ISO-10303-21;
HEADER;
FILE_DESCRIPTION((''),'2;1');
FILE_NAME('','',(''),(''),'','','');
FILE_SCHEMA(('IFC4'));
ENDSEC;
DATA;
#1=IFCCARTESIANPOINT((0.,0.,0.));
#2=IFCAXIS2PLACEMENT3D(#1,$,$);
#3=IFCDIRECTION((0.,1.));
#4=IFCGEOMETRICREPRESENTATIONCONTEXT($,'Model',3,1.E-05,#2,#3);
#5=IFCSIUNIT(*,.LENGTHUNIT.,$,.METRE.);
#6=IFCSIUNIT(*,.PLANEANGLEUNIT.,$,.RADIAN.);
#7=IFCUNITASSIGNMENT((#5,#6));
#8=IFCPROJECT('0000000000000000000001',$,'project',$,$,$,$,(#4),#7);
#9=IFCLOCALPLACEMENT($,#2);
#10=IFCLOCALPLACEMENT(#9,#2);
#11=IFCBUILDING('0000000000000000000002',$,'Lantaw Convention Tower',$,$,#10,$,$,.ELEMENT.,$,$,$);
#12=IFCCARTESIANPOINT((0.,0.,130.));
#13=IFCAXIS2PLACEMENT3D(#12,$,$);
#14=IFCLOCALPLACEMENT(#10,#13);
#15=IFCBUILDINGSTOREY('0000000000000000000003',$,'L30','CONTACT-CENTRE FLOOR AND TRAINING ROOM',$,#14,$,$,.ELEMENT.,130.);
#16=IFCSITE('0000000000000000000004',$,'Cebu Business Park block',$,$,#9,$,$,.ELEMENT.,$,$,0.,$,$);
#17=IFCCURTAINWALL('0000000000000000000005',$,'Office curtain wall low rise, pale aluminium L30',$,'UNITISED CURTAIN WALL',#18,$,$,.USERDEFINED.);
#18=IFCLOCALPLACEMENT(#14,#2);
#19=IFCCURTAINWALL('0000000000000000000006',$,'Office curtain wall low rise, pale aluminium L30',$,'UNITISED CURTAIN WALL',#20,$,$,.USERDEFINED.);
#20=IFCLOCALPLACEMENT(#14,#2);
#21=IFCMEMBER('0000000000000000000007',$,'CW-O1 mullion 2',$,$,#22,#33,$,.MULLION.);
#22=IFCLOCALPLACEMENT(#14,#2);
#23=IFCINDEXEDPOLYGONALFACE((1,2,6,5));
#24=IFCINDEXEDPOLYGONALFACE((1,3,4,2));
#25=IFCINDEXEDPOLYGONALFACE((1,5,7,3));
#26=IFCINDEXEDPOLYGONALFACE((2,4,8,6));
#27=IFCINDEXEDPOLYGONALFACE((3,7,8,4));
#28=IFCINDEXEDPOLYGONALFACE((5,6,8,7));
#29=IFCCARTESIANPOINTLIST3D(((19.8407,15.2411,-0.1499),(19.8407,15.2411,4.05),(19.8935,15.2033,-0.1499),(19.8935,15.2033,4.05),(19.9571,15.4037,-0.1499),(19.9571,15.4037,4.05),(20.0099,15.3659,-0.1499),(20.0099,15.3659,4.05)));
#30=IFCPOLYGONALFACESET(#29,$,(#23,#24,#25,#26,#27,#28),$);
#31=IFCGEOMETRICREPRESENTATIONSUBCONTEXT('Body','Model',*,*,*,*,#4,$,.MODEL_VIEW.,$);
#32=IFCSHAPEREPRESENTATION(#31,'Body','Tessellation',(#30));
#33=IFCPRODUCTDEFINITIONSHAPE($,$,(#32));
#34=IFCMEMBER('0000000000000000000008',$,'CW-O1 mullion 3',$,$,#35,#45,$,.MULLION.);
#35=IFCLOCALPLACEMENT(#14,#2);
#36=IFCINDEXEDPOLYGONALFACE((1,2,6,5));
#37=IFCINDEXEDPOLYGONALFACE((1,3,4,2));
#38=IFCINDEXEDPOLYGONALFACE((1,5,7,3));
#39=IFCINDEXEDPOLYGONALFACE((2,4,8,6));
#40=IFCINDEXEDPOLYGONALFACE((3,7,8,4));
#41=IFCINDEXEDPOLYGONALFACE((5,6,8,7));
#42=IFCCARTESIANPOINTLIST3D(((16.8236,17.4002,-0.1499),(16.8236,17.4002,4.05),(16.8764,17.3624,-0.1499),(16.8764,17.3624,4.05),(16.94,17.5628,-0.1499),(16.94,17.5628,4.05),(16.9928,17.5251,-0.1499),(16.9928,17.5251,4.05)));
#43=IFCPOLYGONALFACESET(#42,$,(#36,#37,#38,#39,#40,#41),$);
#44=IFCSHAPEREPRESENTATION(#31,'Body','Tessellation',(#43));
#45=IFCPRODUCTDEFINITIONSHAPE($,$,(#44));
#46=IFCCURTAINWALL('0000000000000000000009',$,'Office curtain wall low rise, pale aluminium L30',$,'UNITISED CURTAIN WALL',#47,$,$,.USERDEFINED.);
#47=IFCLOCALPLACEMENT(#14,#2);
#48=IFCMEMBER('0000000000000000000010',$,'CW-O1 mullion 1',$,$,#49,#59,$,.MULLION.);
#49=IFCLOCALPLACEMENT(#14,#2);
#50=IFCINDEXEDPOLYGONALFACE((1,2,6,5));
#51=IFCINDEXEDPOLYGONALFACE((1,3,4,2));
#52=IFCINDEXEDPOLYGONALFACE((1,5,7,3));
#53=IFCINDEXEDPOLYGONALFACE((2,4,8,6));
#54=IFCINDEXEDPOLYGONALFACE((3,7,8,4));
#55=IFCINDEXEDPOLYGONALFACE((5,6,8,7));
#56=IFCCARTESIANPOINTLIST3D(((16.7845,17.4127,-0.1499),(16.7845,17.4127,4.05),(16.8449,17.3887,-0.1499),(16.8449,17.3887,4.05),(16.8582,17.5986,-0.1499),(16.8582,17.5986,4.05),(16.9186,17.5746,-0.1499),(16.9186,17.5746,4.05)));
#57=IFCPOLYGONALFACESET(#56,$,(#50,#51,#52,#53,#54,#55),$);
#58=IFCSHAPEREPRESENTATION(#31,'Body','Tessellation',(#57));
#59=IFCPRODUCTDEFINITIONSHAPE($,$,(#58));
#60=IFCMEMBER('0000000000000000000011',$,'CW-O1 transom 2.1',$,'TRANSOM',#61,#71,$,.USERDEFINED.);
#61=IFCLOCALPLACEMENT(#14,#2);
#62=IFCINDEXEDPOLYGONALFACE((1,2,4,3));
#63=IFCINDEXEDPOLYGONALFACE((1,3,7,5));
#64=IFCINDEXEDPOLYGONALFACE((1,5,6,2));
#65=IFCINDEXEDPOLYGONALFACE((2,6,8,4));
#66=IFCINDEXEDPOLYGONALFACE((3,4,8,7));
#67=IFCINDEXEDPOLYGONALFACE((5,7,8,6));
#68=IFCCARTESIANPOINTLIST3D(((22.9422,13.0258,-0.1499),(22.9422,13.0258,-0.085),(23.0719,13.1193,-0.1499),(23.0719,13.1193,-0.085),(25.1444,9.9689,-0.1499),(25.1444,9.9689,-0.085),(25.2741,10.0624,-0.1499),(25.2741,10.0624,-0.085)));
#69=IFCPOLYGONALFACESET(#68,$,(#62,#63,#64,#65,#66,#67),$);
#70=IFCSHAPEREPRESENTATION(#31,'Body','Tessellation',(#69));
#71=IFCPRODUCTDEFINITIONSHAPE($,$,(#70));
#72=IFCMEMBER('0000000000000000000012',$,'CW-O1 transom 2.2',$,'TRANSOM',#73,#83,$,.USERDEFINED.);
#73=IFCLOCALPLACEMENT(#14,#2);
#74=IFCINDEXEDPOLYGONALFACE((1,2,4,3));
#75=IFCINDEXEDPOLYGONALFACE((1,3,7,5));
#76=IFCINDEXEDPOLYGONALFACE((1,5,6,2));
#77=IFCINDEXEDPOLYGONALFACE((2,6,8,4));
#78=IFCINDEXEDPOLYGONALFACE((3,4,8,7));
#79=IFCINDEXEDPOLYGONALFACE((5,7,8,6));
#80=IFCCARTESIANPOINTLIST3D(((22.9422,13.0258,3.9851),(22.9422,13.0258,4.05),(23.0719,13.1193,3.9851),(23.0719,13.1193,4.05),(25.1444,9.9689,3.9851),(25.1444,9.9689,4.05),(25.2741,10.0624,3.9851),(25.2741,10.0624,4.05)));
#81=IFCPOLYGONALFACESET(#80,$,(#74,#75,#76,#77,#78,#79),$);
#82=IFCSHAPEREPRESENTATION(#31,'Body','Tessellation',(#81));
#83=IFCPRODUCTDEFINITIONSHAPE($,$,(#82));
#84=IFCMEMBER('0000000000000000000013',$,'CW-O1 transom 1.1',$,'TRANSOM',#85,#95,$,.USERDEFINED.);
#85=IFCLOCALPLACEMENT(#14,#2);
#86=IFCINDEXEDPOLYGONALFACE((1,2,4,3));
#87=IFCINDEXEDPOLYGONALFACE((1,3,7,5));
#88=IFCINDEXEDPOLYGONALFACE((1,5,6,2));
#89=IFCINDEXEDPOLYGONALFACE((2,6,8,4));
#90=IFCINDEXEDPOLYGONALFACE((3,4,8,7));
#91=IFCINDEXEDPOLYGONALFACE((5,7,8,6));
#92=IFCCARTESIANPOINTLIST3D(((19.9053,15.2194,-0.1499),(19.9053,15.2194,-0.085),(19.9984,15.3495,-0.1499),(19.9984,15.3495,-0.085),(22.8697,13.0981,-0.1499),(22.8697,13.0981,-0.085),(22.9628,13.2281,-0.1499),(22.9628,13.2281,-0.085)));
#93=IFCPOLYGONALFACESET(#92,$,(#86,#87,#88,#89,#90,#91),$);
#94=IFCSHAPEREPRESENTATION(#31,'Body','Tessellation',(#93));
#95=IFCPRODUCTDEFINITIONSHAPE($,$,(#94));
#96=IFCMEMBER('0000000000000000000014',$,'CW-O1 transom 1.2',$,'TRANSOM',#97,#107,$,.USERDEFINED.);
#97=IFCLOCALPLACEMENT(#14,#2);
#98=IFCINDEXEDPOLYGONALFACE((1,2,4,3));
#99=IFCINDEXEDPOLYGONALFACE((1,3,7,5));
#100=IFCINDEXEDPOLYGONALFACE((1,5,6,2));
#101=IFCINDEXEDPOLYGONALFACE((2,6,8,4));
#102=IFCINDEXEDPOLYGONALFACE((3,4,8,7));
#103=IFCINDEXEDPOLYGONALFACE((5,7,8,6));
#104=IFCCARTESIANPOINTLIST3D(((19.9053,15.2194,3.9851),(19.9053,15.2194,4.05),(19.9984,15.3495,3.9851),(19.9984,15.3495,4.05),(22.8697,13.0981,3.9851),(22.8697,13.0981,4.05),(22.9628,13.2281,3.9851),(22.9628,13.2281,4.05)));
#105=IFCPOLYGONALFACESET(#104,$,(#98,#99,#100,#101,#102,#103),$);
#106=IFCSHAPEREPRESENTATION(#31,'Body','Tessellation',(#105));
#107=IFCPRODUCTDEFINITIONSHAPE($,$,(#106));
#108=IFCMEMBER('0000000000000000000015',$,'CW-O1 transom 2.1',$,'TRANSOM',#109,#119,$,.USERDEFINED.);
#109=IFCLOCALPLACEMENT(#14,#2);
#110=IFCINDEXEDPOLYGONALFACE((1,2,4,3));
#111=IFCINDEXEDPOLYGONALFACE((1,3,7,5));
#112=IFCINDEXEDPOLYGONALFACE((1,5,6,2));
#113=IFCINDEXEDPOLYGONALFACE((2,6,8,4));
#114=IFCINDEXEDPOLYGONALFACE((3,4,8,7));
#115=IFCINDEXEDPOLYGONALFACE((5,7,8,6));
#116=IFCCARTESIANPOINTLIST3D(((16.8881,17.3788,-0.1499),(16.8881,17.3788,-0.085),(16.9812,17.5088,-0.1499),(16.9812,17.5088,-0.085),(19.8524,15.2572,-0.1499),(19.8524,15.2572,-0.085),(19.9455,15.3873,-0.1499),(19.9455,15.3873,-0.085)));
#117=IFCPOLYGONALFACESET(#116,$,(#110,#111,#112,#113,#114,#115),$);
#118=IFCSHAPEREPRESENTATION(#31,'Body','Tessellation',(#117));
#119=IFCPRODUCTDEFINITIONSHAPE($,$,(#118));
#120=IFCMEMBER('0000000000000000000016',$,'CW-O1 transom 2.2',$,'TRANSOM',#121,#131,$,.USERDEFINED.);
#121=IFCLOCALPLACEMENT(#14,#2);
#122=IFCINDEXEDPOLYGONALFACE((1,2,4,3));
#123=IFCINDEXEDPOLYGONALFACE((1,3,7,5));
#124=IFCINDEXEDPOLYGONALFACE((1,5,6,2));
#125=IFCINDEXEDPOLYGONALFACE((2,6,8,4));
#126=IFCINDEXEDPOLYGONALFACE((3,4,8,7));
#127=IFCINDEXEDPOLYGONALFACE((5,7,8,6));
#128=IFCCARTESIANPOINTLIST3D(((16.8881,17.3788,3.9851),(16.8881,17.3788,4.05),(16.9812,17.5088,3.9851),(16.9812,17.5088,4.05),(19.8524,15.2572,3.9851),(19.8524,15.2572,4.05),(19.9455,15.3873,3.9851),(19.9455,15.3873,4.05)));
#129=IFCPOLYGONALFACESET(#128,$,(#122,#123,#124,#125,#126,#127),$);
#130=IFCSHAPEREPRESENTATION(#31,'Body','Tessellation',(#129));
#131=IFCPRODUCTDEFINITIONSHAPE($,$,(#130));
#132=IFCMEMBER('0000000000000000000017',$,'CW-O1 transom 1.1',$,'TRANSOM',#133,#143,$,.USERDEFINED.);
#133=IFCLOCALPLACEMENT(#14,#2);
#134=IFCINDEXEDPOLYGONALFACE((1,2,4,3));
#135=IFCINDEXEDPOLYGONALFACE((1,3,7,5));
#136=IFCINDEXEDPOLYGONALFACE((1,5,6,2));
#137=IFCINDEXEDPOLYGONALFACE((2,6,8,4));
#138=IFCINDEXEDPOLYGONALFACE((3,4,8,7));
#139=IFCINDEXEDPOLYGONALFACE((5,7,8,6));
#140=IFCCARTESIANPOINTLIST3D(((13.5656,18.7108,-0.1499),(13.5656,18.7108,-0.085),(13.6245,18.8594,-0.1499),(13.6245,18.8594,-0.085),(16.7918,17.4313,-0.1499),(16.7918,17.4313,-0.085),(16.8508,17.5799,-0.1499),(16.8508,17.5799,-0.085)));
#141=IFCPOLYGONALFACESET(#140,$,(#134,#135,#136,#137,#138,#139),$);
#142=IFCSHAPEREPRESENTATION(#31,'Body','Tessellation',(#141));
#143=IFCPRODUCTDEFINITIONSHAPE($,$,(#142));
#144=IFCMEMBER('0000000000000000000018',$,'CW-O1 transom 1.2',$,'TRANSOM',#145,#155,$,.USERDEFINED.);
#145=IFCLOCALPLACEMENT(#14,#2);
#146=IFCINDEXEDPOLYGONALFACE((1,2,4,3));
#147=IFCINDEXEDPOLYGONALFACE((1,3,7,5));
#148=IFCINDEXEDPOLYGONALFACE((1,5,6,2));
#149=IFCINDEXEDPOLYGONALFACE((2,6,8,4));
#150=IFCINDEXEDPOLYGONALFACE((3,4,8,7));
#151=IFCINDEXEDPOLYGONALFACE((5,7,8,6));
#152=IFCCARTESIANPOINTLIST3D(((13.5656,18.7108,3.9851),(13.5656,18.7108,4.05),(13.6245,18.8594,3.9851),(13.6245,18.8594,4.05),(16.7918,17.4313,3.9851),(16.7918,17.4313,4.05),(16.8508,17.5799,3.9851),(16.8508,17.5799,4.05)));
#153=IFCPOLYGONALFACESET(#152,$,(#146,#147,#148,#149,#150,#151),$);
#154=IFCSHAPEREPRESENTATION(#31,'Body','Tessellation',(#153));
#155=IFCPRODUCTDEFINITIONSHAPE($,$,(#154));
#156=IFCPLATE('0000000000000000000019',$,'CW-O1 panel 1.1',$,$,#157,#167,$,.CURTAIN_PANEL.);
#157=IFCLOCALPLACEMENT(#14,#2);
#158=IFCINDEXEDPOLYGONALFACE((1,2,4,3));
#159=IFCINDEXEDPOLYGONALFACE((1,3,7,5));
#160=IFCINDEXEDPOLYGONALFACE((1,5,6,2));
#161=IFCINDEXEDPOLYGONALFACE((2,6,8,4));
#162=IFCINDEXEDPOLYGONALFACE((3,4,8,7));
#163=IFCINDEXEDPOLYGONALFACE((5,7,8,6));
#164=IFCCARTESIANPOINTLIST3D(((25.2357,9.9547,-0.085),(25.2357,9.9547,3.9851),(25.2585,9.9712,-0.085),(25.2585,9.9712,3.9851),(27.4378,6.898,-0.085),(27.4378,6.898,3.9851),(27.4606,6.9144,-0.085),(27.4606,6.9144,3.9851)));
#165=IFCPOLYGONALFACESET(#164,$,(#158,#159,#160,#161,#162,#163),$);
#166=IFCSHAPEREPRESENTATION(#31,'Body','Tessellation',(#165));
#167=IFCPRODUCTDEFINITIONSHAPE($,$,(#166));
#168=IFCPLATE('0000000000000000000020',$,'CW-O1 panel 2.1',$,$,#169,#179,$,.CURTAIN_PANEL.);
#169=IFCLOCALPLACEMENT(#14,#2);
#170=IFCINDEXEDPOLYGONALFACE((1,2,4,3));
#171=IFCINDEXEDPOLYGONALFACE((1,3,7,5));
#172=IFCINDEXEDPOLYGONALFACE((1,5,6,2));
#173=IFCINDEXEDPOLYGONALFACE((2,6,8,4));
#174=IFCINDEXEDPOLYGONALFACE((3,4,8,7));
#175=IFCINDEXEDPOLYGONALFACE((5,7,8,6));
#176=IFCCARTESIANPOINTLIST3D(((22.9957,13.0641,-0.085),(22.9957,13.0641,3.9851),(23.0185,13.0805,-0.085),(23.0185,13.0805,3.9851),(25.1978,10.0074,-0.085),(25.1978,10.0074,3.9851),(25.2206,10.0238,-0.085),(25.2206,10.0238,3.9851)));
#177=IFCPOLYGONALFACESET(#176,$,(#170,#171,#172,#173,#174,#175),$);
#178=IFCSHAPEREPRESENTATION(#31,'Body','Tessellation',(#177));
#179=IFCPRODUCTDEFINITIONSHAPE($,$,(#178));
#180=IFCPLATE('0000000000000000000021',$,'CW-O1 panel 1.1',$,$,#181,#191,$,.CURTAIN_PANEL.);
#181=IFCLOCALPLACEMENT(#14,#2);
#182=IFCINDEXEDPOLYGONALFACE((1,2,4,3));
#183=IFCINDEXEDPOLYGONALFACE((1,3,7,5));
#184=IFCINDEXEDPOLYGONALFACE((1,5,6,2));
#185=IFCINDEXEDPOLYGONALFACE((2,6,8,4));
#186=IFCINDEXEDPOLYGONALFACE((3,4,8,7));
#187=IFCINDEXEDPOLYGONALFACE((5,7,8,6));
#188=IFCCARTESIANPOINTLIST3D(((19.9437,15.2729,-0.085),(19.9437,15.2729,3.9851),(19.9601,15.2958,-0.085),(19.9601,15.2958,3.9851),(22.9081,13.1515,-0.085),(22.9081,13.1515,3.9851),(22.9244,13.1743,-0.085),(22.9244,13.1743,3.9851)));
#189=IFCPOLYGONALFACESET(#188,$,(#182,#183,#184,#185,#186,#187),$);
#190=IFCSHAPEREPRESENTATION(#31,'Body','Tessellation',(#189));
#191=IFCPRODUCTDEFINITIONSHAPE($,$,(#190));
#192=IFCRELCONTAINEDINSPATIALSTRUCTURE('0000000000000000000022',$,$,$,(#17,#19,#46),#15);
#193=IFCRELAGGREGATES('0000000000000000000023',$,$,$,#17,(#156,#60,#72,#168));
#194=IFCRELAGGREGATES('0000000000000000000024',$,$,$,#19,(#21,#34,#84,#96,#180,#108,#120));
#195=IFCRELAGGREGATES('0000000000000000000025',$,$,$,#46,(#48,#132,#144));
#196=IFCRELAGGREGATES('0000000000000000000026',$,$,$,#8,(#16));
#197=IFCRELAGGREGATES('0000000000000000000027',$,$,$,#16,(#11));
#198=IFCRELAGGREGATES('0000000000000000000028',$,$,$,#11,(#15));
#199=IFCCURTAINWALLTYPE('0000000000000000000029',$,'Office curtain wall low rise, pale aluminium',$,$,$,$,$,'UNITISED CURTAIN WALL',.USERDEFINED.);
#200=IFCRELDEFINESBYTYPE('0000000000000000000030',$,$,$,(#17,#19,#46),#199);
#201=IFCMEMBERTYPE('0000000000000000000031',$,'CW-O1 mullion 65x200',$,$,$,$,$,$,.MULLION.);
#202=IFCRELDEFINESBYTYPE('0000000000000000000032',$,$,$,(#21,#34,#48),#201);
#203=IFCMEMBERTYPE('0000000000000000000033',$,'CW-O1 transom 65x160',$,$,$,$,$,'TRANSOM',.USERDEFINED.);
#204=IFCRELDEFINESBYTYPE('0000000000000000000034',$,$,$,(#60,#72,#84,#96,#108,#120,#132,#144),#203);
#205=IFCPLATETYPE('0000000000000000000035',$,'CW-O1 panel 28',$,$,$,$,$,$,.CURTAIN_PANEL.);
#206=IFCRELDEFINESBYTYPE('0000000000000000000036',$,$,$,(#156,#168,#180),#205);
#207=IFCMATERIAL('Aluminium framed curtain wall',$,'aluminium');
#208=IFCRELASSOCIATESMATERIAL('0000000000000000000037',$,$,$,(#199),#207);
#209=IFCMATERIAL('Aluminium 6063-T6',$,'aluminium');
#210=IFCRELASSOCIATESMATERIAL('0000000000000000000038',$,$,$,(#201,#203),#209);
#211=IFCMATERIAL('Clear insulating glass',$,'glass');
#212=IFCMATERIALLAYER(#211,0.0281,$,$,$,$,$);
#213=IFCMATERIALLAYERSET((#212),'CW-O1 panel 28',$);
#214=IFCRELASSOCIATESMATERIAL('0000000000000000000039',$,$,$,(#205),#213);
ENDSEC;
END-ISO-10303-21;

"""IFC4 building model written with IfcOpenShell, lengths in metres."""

from ifc_helpers import new_model, si_unit, direction, frame, origin, origin_2d, place, context, subcontext, project, spatial, rectangle, extrude, material, layer, layer_set, material_profile, profile_set, type_object, element, aggregate, save


model = new_model("IFC4")

# Units and contexts
model_context = context("Model", 3, precision=1e-05, world=origin(), true_north=direction((0.0, 1.0)))
body_context = subcontext(model_context, "Body", "Model", "MODEL_VIEW")
ifc_project = project(units=[si_unit("LENGTHUNIT", "METRE"), si_unit("PLANEANGLEUNIT", "RADIAN")], contexts=[model_context])

# Site, building, storey
site_placement = place(None, origin())
site = spatial("IfcSite", under=ifc_project, at=site_placement, Name="Cebu Business Park block", CompositionType="ELEMENT", RefElevation=0.0)
building_placement = place(site_placement, origin())
building = spatial("IfcBuilding", under=site, at=building_placement, Name="Lantaw Convention Tower", CompositionType="ELEMENT")
storey_placement = place(building_placement, frame((0.0, 0.0, 130.0)))
storey = spatial("IfcBuildingStorey", under=building, at=storey_placement, Name="L30", Description="CONTACT-CENTRE FLOOR AND TRAINING ROOM", CompositionType="ELEMENT", Elevation=130.0)

# Curtain walls, members
ifc_material_1 = material(Name="Aluminium framed curtain wall", Category="aluminium")
curtain_wall_type = type_object("IfcCurtainWallType", Name="Office curtain wall low rise, pale aluminium", ElementType="UNITISED CURTAIN WALL", PredefinedType="USERDEFINED", material=ifc_material_1)
curtain_wall_1_placement = place(storey_placement, origin())
curtain_wall_1 = element("IfcCurtainWall", 1, at=curtain_wall_1_placement, inside=storey, type_object=curtain_wall_type, Name="Office curtain wall low rise, pale aluminium L30", ObjectType="UNITISED CURTAIN WALL", PredefinedType="USERDEFINED")
ifc_material_2 = material(Name="Aluminium 6063-T6", Category="aluminium")
ifc_material_profile_1 = material_profile(ifc_material_2, rectangle(XDim=0.2, YDim=0.0649, at=origin_2d()), Name="CW-O1 mullion 65x200")
ifc_profile_set_1 = profile_set([ifc_material_profile_1], Name="Aluminium 6063-T6")
member_type_1 = type_object("IfcMemberType", Name="CW-O1 mullion 65x200", PredefinedType="MULLION", material=ifc_profile_set_1)
curtain_wall_2_placement = place(storey_placement, origin())
curtain_wall_2 = element("IfcCurtainWall", 2, at=curtain_wall_2_placement, inside=storey, type_object=curtain_wall_type, Name="Office curtain wall low rise, pale aluminium L30", ObjectType="UNITISED CURTAIN WALL", PredefinedType="USERDEFINED")
member_1_placement = place(storey_placement, frame((19.9253, 15.3035, -0.1499), z_axis=(0.0, 0.0, 1.0), x_axis=(-0.581973, -0.813208, 0.0)))
member_1 = element("IfcMember", 3, at=member_1_placement, type_object=member_type_1, Name="CW-O1 mullion 2", PredefinedType="MULLION", context=body_context, shape_type="SweptSolid", body=[
    extrude(rectangle(XDim=0.2, YDim=0.0649, at=origin_2d()), origin(), (0.0, 0.0, 1.0), 4.2),
])
member_2_placement = place(storey_placement, frame((16.9082, 17.4626, -0.1499), z_axis=(0.0, 0.0, 1.0), x_axis=(-0.581973, -0.813208, 0.0)))
member_2 = element("IfcMember", 4, at=member_2_placement, type_object=member_type_1, Name="CW-O1 mullion 3", PredefinedType="MULLION", context=body_context, shape_type="SweptSolid", body=[
    extrude(rectangle(XDim=0.2, YDim=0.0649, at=origin_2d()), origin(), (0.0, 0.0, 1.0), 4.2),
])

# Curtain wall, member
curtain_wall_3_placement = place(storey_placement, origin())
curtain_wall_3 = element("IfcCurtainWall", 5, at=curtain_wall_3_placement, inside=storey, type_object=curtain_wall_type, Name="Office curtain wall low rise, pale aluminium L30", ObjectType="UNITISED CURTAIN WALL", PredefinedType="USERDEFINED")
member_3_placement = place(storey_placement, frame((16.8516, 17.4937, -0.1499), z_axis=(0.0, 0.0, 1.0), x_axis=(-0.368702, -0.929548, 0.0)))
member_3 = element("IfcMember", 6, at=member_3_placement, type_object=member_type_1, Name="CW-O1 mullion 1", PredefinedType="MULLION", context=body_context, shape_type="SweptSolid", body=[
    extrude(rectangle(XDim=0.2, YDim=0.0649, at=origin_2d()), origin(), (0.0, 0.0, 1.0), 4.2),
])

# Members
ifc_material_profile_2 = material_profile(ifc_material_2, rectangle(XDim=0.1599, YDim=0.0649, at=origin_2d()), Name="CW-O1 transom 65x160")
ifc_profile_set_2 = profile_set([ifc_material_profile_2], Name="Aluminium 6063-T6")
member_type_2 = type_object("IfcMemberType", Name="CW-O1 transom 65x160", ElementType="TRANSOM", PredefinedType="USERDEFINED", material=ifc_profile_set_2)
member_4_placement = place(storey_placement, frame((25.2092, 10.0156, -0.1174), z_axis=(-0.584513, 0.811384, 0.0), x_axis=(-0.811384, -0.584513, 0.0)))
member_4 = element("IfcMember", 7, at=member_4_placement, type_object=member_type_2, Name="CW-O1 transom 2.1", ObjectType="TRANSOM", PredefinedType="USERDEFINED", context=body_context, shape_type="SweptSolid", body=[
    extrude(rectangle(XDim=0.1599, YDim=0.0649, at=origin_2d()), origin(), (0.0, 0.0, 1.0), 3.7676),
])
member_5_placement = place(storey_placement, frame((25.2092, 10.0156, 4.0176), z_axis=(-0.584513, 0.811384, 0.0), x_axis=(-0.811384, -0.584513, 0.0)))
member_5 = element("IfcMember", 8, at=member_5_placement, type_object=member_type_2, Name="CW-O1 transom 2.2", ObjectType="TRANSOM", PredefinedType="USERDEFINED", context=body_context, shape_type="SweptSolid", body=[
    extrude(rectangle(XDim=0.1599, YDim=0.0649, at=origin_2d()), origin(), (0.0, 0.0, 1.0), 3.7676),
])
member_6_placement = place(storey_placement, frame((22.9163, 13.1631, -0.1174), z_axis=(-0.813222, 0.581954, 0.0), x_axis=(-0.581954, -0.813222, 0.0)))
member_6 = element("IfcMember", 9, at=member_6_placement, type_object=member_type_2, Name="CW-O1 transom 1.1", ObjectType="TRANSOM", PredefinedType="USERDEFINED", context=body_context, shape_type="SweptSolid", body=[
    extrude(rectangle(XDim=0.1599, YDim=0.0649, at=origin_2d()), origin(), (0.0, 0.0, 1.0), 3.6453),
])
member_7_placement = place(storey_placement, frame((22.9163, 13.1631, 4.0176), z_axis=(-0.813222, 0.581954, 0.0), x_axis=(-0.581954, -0.813222, 0.0)))
member_7 = element("IfcMember", 10, at=member_7_placement, type_object=member_type_2, Name="CW-O1 transom 1.2", ObjectType="TRANSOM", PredefinedType="USERDEFINED", context=body_context, shape_type="SweptSolid", body=[
    extrude(rectangle(XDim=0.1599, YDim=0.0649, at=origin_2d()), origin(), (0.0, 0.0, 1.0), 3.6453),
])
member_8_placement = place(storey_placement, frame((19.8989, 15.3223, -0.1174), z_axis=(-0.81319, 0.581998, 0.0), x_axis=(-0.581998, -0.81319, 0.0)))
member_8 = element("IfcMember", 11, at=member_8_placement, type_object=member_type_2, Name="CW-O1 transom 2.1", ObjectType="TRANSOM", PredefinedType="USERDEFINED", context=body_context, shape_type="SweptSolid", body=[
    extrude(rectangle(XDim=0.1599, YDim=0.0649, at=origin_2d()), origin(), (0.0, 0.0, 1.0), 3.6453),
])
member_9_placement = place(storey_placement, frame((19.8989, 15.3223, 4.0176), z_axis=(-0.81319, 0.581998, 0.0), x_axis=(-0.581998, -0.81319, 0.0)))
member_9 = element("IfcMember", 12, at=member_9_placement, type_object=member_type_2, Name="CW-O1 transom 2.2", ObjectType="TRANSOM", PredefinedType="USERDEFINED", context=body_context, shape_type="SweptSolid", body=[
    extrude(rectangle(XDim=0.1599, YDim=0.0649, at=origin_2d()), origin(), (0.0, 0.0, 1.0), 3.6453),
])
member_10_placement = place(storey_placement, frame((16.8213, 17.5056, -0.1174), z_axis=(-0.929564, 0.36866, 0.0), x_axis=(-0.36866, -0.929564, 0.0)))
member_10 = element("IfcMember", 13, at=member_10_placement, type_object=member_type_2, Name="CW-O1 transom 1.1", ObjectType="TRANSOM", PredefinedType="USERDEFINED", context=body_context, shape_type="SweptSolid", body=[
    extrude(rectangle(XDim=0.1599, YDim=0.0649, at=origin_2d()), origin(), (0.0, 0.0, 1.0), 3.4707),
])
member_11_placement = place(storey_placement, frame((16.8213, 17.5056, 4.0176), z_axis=(-0.929564, 0.36866, 0.0), x_axis=(-0.36866, -0.929564, 0.0)))
member_11 = element("IfcMember", 14, at=member_11_placement, type_object=member_type_2, Name="CW-O1 transom 1.2", ObjectType="TRANSOM", PredefinedType="USERDEFINED", context=body_context, shape_type="SweptSolid", body=[
    extrude(rectangle(XDim=0.1599, YDim=0.0649, at=origin_2d()), origin(), (0.0, 0.0, 1.0), 3.4707),
])

# Plates
ifc_material_3 = material(Name="Clear insulating glass", Category="glass")
ifc_layer_1 = layer(ifc_material_3, 0.0281)
ifc_layer_set_1 = layer_set([ifc_layer_1], Name="CW-O1 panel 28")
plate_type_1 = type_object("IfcPlateType", Name="CW-O1 panel 28", PredefinedType="CURTAIN_PANEL", material=ifc_layer_set_1)
plate_1_placement = place(storey_placement, frame((26.3481, 8.4346, -0.085), z_axis=(0.0, 0.0, 1.0), x_axis=(-0.584513, 0.811385, 0.0)))
plate_1 = element("IfcPlate", 15, at=plate_1_placement, type_object=plate_type_1, Name="CW-O1 panel 1.1", PredefinedType="CURTAIN_PANEL", context=body_context, shape_type="SweptSolid", body=[
    extrude(rectangle(XDim=3.7673, YDim=0.0281, at=origin_2d()), origin(), (0.0, 0.0, 1.0), 4.0701),
])
plate_2_placement = place(storey_placement, frame((24.1082, 11.5439, -0.085), z_axis=(0.0, 0.0, 1.0), x_axis=(-0.584513, 0.811385, 0.0)))
plate_2 = element("IfcPlate", 16, at=plate_2_placement, type_object=plate_type_1, Name="CW-O1 panel 2.1", PredefinedType="CURTAIN_PANEL", context=body_context, shape_type="SweptSolid", body=[
    extrude(rectangle(XDim=3.7673, YDim=0.0281, at=origin_2d()), origin(), (0.0, 0.0, 1.0), 4.0701),
])
aggregate(curtain_wall_1, [plate_1, member_4, member_5, plate_2])
plate_3_placement = place(storey_placement, frame((21.4341, 14.2236, -0.085), z_axis=(0.0, 0.0, 1.0), x_axis=(-0.813208, 0.581973, 0.0)))
plate_3 = element("IfcPlate", 17, at=plate_3_placement, type_object=plate_type_1, Name="CW-O1 panel 1.1", PredefinedType="CURTAIN_PANEL", context=body_context, shape_type="SweptSolid", body=[
    extrude(rectangle(XDim=3.6453, YDim=0.0281, at=origin_2d()), origin(), (0.0, 0.0, 1.0), 4.0701),
])
aggregate(curtain_wall_2, [member_1, member_2, member_6, member_7, plate_3, member_8, member_9])
aggregate(curtain_wall_3, [member_3, member_10, member_11])

save(model, "model.ifc")
